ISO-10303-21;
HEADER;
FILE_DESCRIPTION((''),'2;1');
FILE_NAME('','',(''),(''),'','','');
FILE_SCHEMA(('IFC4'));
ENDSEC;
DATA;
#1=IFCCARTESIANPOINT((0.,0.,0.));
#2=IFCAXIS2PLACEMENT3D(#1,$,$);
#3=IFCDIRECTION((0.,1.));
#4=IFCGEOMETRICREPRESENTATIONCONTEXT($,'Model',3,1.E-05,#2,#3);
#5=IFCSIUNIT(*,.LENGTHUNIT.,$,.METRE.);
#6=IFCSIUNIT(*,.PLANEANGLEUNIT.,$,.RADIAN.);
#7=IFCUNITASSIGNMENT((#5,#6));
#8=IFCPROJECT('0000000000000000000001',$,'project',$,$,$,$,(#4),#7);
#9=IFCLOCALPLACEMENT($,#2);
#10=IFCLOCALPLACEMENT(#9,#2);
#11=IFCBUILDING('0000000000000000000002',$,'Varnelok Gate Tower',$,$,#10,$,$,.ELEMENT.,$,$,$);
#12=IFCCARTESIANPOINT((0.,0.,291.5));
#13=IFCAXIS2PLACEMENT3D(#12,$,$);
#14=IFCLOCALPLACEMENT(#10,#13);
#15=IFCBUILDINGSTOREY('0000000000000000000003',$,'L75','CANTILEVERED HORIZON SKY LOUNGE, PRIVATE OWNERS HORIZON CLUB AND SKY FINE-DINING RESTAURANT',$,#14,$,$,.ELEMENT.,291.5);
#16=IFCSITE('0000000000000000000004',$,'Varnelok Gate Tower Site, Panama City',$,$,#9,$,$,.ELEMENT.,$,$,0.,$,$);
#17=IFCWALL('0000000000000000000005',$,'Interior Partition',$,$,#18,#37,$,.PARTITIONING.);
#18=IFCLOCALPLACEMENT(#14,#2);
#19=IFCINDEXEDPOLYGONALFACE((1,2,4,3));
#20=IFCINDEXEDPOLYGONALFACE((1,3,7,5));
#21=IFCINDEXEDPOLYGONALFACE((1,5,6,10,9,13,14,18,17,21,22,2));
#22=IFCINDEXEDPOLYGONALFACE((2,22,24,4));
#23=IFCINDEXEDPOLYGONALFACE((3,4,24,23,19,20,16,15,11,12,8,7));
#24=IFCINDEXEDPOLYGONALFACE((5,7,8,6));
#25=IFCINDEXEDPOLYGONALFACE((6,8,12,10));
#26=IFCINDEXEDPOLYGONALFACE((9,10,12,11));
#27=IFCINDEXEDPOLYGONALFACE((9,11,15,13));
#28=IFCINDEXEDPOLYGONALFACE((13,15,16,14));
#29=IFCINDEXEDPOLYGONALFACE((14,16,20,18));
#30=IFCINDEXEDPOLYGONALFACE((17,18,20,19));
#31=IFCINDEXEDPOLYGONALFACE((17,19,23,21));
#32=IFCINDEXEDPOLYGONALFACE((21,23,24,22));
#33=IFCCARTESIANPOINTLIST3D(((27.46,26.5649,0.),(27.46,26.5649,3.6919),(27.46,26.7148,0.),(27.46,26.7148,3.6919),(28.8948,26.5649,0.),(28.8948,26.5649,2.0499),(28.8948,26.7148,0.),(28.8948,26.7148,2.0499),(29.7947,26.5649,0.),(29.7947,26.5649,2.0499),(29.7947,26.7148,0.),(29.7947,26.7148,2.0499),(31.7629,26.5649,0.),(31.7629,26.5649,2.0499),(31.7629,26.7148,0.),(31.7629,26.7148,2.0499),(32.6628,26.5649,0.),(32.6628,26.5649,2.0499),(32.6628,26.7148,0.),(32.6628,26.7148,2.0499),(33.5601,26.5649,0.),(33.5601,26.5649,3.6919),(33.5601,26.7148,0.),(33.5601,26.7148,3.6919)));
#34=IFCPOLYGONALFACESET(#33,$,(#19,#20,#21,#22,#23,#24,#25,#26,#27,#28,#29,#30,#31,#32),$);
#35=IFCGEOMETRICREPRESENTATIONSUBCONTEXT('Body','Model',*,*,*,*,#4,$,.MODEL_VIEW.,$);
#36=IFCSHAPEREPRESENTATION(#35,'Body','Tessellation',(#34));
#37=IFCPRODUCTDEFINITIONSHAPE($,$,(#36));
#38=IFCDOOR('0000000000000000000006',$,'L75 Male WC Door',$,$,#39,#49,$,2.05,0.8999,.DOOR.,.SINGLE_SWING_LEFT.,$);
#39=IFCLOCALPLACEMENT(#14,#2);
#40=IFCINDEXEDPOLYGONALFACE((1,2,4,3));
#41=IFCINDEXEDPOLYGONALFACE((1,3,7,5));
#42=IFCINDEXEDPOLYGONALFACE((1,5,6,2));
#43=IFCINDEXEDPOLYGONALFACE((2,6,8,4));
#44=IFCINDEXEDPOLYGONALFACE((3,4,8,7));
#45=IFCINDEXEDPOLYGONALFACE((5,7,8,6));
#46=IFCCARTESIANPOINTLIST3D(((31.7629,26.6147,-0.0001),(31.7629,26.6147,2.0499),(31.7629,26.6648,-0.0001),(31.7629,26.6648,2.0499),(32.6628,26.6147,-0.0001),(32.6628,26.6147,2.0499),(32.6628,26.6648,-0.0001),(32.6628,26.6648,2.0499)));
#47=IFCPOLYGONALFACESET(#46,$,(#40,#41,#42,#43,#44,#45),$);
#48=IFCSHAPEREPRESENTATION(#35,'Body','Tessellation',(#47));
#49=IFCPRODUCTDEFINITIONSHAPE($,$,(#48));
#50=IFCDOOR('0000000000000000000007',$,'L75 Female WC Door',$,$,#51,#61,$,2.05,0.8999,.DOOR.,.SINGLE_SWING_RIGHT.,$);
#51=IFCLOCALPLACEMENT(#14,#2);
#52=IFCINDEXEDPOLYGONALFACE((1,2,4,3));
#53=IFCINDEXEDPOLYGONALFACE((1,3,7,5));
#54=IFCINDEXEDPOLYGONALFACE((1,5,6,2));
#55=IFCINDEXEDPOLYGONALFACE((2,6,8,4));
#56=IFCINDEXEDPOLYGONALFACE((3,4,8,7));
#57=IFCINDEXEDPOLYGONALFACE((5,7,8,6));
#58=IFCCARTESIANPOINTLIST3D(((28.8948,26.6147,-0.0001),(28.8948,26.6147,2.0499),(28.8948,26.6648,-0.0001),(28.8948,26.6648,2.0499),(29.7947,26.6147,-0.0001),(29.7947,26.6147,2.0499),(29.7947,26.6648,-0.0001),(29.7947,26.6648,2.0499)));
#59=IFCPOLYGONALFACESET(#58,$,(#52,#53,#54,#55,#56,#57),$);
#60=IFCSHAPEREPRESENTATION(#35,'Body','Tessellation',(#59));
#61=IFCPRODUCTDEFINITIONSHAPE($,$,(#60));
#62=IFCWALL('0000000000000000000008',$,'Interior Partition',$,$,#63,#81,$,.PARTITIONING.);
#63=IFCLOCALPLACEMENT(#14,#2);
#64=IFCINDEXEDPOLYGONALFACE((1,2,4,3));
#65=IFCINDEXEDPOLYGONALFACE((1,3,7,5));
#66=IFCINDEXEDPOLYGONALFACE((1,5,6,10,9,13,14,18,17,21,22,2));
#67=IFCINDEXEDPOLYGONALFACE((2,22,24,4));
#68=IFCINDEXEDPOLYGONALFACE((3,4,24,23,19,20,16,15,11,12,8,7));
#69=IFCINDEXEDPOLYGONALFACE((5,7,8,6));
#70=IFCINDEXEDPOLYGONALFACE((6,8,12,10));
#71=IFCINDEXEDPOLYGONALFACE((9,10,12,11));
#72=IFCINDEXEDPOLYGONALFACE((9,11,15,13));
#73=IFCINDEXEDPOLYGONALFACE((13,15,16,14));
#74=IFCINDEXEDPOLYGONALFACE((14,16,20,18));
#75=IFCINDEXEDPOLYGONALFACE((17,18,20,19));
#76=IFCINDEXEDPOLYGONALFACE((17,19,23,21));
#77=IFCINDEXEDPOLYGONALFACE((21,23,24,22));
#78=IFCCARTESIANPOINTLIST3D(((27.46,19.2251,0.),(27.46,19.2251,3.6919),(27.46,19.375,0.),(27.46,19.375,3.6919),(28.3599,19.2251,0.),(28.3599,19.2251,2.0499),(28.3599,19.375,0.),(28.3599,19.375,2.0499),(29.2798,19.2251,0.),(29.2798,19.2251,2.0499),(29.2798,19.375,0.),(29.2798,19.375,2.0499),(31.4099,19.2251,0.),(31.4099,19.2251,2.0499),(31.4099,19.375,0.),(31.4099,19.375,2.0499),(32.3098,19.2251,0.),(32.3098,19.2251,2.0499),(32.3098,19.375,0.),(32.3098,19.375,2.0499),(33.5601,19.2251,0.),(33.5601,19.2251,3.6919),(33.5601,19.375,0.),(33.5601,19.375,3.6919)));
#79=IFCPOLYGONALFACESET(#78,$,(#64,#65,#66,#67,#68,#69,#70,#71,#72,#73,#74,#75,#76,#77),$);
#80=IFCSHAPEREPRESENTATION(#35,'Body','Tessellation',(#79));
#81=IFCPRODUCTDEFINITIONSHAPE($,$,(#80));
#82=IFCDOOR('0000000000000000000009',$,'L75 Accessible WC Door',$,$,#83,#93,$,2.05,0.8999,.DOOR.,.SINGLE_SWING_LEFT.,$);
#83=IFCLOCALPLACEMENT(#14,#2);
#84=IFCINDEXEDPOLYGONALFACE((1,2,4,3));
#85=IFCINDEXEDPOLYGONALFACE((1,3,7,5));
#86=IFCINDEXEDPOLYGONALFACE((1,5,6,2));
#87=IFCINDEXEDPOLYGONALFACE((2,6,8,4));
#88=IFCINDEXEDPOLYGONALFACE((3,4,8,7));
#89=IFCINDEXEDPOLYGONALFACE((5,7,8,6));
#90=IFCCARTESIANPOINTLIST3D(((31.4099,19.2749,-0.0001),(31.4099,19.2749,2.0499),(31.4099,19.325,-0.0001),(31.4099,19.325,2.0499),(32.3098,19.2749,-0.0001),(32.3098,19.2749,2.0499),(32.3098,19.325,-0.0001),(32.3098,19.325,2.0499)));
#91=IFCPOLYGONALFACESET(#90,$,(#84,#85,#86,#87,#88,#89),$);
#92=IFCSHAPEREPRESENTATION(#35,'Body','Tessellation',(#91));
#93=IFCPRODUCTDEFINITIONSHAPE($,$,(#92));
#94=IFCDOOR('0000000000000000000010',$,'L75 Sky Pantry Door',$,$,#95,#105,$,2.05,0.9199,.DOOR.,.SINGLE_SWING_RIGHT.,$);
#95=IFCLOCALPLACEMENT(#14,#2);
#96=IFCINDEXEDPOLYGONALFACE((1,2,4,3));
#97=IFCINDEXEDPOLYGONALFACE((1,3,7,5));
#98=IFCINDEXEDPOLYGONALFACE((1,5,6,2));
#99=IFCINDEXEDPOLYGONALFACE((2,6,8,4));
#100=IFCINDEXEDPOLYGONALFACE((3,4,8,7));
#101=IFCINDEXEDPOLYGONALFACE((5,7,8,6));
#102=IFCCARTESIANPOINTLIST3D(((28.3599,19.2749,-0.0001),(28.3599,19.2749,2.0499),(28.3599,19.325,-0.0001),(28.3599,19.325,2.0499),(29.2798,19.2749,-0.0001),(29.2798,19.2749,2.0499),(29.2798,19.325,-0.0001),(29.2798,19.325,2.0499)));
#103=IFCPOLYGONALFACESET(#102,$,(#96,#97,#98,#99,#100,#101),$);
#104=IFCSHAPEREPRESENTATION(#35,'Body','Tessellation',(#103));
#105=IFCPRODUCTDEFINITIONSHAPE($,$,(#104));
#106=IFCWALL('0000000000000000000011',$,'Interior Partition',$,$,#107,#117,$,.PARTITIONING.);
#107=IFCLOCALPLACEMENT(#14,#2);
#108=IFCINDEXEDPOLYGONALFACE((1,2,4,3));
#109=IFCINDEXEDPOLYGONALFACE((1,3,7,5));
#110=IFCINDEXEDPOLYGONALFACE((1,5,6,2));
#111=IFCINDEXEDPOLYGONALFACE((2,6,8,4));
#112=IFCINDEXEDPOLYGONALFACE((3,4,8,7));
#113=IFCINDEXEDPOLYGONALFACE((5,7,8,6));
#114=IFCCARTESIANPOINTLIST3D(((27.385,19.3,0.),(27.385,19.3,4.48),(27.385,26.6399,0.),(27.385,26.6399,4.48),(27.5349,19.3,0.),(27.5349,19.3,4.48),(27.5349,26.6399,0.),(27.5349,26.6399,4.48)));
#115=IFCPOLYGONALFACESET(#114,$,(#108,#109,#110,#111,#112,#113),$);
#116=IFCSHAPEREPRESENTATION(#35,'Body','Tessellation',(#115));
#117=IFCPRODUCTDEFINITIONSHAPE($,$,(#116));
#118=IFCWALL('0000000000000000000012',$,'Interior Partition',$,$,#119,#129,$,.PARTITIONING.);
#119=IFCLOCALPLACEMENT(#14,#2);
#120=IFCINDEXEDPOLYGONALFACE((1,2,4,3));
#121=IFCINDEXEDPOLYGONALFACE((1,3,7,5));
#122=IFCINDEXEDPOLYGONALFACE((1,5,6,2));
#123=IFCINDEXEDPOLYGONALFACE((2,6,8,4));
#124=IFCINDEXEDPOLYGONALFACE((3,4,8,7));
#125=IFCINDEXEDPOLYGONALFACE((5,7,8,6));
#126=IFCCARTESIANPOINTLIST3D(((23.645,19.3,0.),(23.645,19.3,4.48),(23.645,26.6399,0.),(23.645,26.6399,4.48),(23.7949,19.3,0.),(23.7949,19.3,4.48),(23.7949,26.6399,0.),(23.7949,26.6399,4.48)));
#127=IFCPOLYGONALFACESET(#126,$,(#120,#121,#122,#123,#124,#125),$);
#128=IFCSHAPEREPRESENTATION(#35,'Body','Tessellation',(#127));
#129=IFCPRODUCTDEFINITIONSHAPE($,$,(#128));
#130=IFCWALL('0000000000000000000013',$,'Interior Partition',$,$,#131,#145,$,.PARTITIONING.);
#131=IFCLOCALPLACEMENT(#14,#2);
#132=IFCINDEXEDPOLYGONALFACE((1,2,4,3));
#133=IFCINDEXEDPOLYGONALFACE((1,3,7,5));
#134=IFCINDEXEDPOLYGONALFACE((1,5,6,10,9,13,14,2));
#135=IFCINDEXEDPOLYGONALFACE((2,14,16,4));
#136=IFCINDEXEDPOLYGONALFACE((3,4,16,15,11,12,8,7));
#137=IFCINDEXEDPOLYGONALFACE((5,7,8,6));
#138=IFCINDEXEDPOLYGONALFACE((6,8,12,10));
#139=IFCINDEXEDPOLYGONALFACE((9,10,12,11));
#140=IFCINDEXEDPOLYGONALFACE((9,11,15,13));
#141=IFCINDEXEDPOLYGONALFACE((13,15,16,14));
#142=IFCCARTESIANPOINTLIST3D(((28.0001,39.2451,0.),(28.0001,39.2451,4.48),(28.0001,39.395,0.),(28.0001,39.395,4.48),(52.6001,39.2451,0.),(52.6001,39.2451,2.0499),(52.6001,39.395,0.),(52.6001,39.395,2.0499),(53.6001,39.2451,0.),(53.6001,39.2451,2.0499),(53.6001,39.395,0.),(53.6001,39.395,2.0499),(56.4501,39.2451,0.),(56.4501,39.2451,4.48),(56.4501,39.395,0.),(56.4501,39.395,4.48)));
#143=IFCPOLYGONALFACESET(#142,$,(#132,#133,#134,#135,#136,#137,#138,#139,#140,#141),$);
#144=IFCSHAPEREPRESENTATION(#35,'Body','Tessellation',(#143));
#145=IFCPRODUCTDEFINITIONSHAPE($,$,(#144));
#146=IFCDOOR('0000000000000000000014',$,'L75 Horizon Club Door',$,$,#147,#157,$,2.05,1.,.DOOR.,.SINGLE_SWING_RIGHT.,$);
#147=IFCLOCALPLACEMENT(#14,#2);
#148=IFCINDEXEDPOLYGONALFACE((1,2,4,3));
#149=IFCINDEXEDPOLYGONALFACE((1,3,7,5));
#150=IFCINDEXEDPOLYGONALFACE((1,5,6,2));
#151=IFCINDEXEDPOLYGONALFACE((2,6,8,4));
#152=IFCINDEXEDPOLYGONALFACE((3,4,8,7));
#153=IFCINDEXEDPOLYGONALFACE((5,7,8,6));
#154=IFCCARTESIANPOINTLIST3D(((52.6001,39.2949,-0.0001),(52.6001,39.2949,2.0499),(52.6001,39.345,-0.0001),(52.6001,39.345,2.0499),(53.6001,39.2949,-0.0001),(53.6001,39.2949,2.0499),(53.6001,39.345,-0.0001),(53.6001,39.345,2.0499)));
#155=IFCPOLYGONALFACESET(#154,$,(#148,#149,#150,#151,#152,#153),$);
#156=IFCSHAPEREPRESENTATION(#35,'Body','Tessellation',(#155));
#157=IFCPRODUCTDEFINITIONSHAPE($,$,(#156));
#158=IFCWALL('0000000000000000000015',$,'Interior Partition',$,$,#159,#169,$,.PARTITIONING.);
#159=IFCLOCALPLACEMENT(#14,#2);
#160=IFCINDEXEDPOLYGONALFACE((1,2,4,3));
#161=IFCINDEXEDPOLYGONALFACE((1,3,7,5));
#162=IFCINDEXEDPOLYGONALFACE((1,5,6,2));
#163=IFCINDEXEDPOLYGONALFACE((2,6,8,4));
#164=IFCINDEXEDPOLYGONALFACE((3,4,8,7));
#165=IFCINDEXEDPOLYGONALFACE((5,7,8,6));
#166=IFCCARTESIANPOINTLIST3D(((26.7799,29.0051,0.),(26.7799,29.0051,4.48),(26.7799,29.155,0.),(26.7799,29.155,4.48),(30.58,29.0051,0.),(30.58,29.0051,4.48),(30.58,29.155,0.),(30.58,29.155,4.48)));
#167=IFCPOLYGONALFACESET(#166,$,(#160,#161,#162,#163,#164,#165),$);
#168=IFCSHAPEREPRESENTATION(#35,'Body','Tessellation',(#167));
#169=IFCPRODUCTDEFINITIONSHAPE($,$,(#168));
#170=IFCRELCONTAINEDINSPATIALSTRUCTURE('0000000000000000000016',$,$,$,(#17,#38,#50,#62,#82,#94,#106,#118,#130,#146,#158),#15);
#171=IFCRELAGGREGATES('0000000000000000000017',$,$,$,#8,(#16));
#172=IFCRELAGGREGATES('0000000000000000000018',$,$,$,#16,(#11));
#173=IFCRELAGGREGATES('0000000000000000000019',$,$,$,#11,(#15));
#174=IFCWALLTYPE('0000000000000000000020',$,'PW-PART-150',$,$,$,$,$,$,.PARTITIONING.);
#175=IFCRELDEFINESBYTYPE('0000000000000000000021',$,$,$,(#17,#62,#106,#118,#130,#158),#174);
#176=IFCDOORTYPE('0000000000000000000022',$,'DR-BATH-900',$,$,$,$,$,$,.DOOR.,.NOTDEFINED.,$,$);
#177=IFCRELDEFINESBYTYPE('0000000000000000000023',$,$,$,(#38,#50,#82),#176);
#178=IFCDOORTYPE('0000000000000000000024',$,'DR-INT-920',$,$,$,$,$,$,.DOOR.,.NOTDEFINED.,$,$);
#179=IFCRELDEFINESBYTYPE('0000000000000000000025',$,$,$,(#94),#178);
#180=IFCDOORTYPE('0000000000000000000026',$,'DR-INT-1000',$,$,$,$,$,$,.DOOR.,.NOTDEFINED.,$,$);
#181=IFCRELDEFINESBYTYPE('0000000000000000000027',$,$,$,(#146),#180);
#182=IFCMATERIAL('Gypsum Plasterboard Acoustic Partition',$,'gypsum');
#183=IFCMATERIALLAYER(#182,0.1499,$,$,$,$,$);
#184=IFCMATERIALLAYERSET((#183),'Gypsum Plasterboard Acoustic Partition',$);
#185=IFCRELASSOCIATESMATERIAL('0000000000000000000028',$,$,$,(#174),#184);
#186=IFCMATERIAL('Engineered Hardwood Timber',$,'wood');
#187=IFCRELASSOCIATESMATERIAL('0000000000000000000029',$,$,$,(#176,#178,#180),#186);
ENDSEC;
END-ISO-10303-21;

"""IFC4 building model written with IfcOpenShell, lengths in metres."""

from ifc_helpers import new_model, si_unit, direction, frame, frame_2d, origin, place, context, subcontext, project, spatial, rectangle, extrude, material, layer, layer_set, type_object, element, fill, save


model = new_model("IFC4")

# Units and contexts
model_context = context("Model", 3, precision=1e-05, world=origin(), true_north=direction((0.0, 1.0)))
body_context = subcontext(model_context, "Body", "Model", "MODEL_VIEW")
ifc_project = project(units=[si_unit("LENGTHUNIT", "METRE"), si_unit("PLANEANGLEUNIT", "RADIAN")], contexts=[model_context])

# Site, building, storey
site_placement = place(None, origin())
site = spatial("IfcSite", under=ifc_project, at=site_placement, Name="Varnelok Gate Tower Site, Panama City", CompositionType="ELEMENT", RefElevation=0.0)
building_placement = place(site_placement, origin())
building = spatial("IfcBuilding", under=site, at=building_placement, Name="Varnelok Gate Tower", CompositionType="ELEMENT")
storey_placement = place(building_placement, frame((0.0, 0.0, 291.5)))
storey = spatial("IfcBuildingStorey", under=building, at=storey_placement, Name="L75", Description="CANTILEVERED HORIZON SKY LOUNGE, PRIVATE OWNERS HORIZON CLUB AND SKY FINE-DINING RESTAURANT", CompositionType="ELEMENT", Elevation=291.5)

# Shared definitions
ifc_material_1 = material(Name="Gypsum Plasterboard Acoustic Partition", Category="gypsum")

# Walls, openings, doors
ifc_layer_1 = layer(ifc_material_1, 0.1499)
ifc_layer_set_1 = layer_set([ifc_layer_1], Name="Gypsum Plasterboard Acoustic Partition")
wall_type_1 = type_object("IfcWallType", Name="PW-PART-150", PredefinedType="PARTITIONING", material=ifc_layer_set_1)
wall_1_placement = place(storey_placement, frame((27.46, 26.6399, 0.0), z_axis=(0.0, 0.0, 1.0), x_axis=(1.0, 0.0, 0.0)))
wall_1 = element("IfcWall", 1, at=wall_1_placement, inside=storey, type_object=wall_type_1, Name="Interior Partition", PredefinedType="PARTITIONING", context=body_context, shape_type="SweptSolid", body=[
    extrude(rectangle(XDim=6.1001, YDim=0.1499, at=frame_2d((3.05, 0.0))), origin(), (0.0, 0.0, 1.0), 3.6919),
])
opening_1_placement = place(wall_1_placement, frame((4.303, 0.0, 0.0)))
opening_1 = element("IfcOpeningElement", 2, at=opening_1_placement, cuts=wall_1, PredefinedType="OPENING", context=body_context, shape_type="SweptSolid", body=[
    extrude(rectangle(XDim=0.8999, YDim=2.05, at=frame_2d((0.45, 1.0249))), frame((0.0, 0.085, 0.0), z_axis=(0.0, -1.0, 0.0), x_axis=(1.0, 0.0, 0.0)), (0.0, 0.0, 1.0), 0.1699),
])
opening_2_placement = place(wall_1_placement, frame((1.4348, 0.0, 0.0)))
opening_2 = element("IfcOpeningElement", 3, at=opening_2_placement, cuts=wall_1, PredefinedType="OPENING", context=body_context, shape_type="SweptSolid", body=[
    extrude(rectangle(XDim=0.8999, YDim=2.05, at=frame_2d((0.45, 1.0249))), frame((0.0, 0.085, 0.0), z_axis=(0.0, -1.0, 0.0), x_axis=(1.0, 0.0, 0.0)), (0.0, 0.0, 1.0), 0.1699),
])
ifc_material_2 = material(Name="Engineered Hardwood Timber", Category="wood")
door_type_1 = type_object("IfcDoorType", Name="DR-BATH-900", OperationType="NOTDEFINED", PredefinedType="DOOR", material=ifc_material_2)
door_1_placement = place(opening_1_placement, origin())
door_1 = element("IfcDoor", 4, at=door_1_placement, inside=storey, type_object=door_type_1, Name="L75 Male WC Door", OperationType="SINGLE_SWING_LEFT", OverallHeight=2.05, OverallWidth=0.8999, PredefinedType="DOOR", context=body_context, shape_type="SweptSolid", body=[
    extrude(rectangle(XDim=0.8999, YDim=2.05, at=frame_2d((0.45, 1.0249))), frame((0.0, 0.0249, 0.0), z_axis=(0.0, -1.0, 0.0), x_axis=(1.0, 0.0, 0.0)), (0.0, 0.0, 1.0), 0.05),
])
fill(opening_1, door_1)
door_2_placement = place(opening_2_placement, origin())
door_2 = element("IfcDoor", 5, at=door_2_placement, inside=storey, type_object=door_type_1, Name="L75 Female WC Door", OperationType="SINGLE_SWING_RIGHT", OverallHeight=2.05, OverallWidth=0.8999, PredefinedType="DOOR", context=body_context, shape_type="SweptSolid", body=[
    extrude(rectangle(XDim=0.8999, YDim=2.05, at=frame_2d((0.45, 1.0249))), frame((0.0, 0.0249, 0.0), z_axis=(0.0, -1.0, 0.0), x_axis=(1.0, 0.0, 0.0)), (0.0, 0.0, 1.0), 0.05),
])
fill(opening_2, door_2)
wall_2_placement = place(storey_placement, frame((27.46, 19.3, 0.0), z_axis=(0.0, 0.0, 1.0), x_axis=(1.0, 0.0, 0.0)))
wall_2 = element("IfcWall", 6, at=wall_2_placement, inside=storey, type_object=wall_type_1, Name="Interior Partition", PredefinedType="PARTITIONING", context=body_context, shape_type="SweptSolid", body=[
    extrude(rectangle(XDim=6.1001, YDim=0.1499, at=frame_2d((3.05, 0.0))), origin(), (0.0, 0.0, 1.0), 3.6919),
])
opening_3_placement = place(wall_2_placement, frame((0.8999, 0.0, 0.0)))
opening_3 = element("IfcOpeningElement", 7, at=opening_3_placement, cuts=wall_2, PredefinedType="OPENING", context=body_context, shape_type="SweptSolid", body=[
    extrude(rectangle(XDim=0.9199, YDim=2.05, at=frame_2d((0.46, 1.0249))), frame((0.0, 0.085, 0.0), z_axis=(0.0, -1.0, 0.0), x_axis=(1.0, 0.0, 0.0)), (0.0, 0.0, 1.0), 0.1699),
])
opening_4_placement = place(wall_2_placement, frame((3.95, 0.0, 0.0)))
opening_4 = element("IfcOpeningElement", 8, at=opening_4_placement, cuts=wall_2, PredefinedType="OPENING", context=body_context, shape_type="SweptSolid", body=[
    extrude(rectangle(XDim=0.8999, YDim=2.05, at=frame_2d((0.45, 1.0249))), frame((0.0, 0.085, 0.0), z_axis=(0.0, -1.0, 0.0), x_axis=(1.0, 0.0, 0.0)), (0.0, 0.0, 1.0), 0.1699),
])
door_3_placement = place(opening_4_placement, origin())
door_3 = element("IfcDoor", 9, at=door_3_placement, inside=storey, type_object=door_type_1, Name="L75 Accessible WC Door", OperationType="SINGLE_SWING_LEFT", OverallHeight=2.05, OverallWidth=0.8999, PredefinedType="DOOR", context=body_context, shape_type="SweptSolid", body=[
    extrude(rectangle(XDim=0.8999, YDim=2.05, at=frame_2d((0.45, 1.0249))), frame((0.0, 0.0249, 0.0), z_axis=(0.0, -1.0, 0.0), x_axis=(1.0, 0.0, 0.0)), (0.0, 0.0, 1.0), 0.05),
])
fill(opening_4, door_3)
door_type_2 = type_object("IfcDoorType", Name="DR-INT-920", OperationType="NOTDEFINED", PredefinedType="DOOR", material=ifc_material_2)
door_4_placement = place(opening_3_placement, origin())
door_4 = element("IfcDoor", 10, at=door_4_placement, inside=storey, type_object=door_type_2, Name="L75 Sky Pantry Door", OperationType="SINGLE_SWING_RIGHT", OverallHeight=2.05, OverallWidth=0.9199, PredefinedType="DOOR", context=body_context, shape_type="SweptSolid", body=[
    extrude(rectangle(XDim=0.9199, YDim=2.05, at=frame_2d((0.46, 1.0249))), frame((0.0, 0.0249, 0.0), z_axis=(0.0, -1.0, 0.0), x_axis=(1.0, 0.0, 0.0)), (0.0, 0.0, 1.0), 0.05),
])
fill(opening_3, door_4)

# Walls
for number, where, z_axis, x_axis, name in (
    (11, (27.46, 19.3, 0.0), (0.0, 0.0, 1.0), (0.0, 1.0, 0.0), "Interior Partition"),
    (12, (23.72, 19.3, 0.0), (0.0, 0.0, 1.0), (0.0, 1.0, 0.0), "Interior Partition"),
):
    element("IfcWall", number, at=place(storey_placement, frame(where, z_axis=z_axis, x_axis=x_axis)), inside=storey, type_object=wall_type_1, Name=name, PredefinedType="PARTITIONING", context=body_context, shape_type="SweptSolid", body=[
        extrude(rectangle(XDim=7.3398, YDim=0.1499, at=frame_2d((3.6699, 0.0))), origin(), (0.0, 0.0, 1.0), 4.48),
    ])

# Wall, opening, door
wall_3_placement = place(storey_placement, frame((28.0, 39.3201, 0.0), z_axis=(0.0, 0.0, 1.0), x_axis=(1.0, 0.0, 0.0)))
wall_3 = element("IfcWall", 13, at=wall_3_placement, inside=storey, type_object=wall_type_1, Name="Interior Partition", PredefinedType="PARTITIONING", context=body_context, shape_type="SweptSolid", body=[
    extrude(rectangle(XDim=28.45, YDim=0.1499, at=frame_2d((14.2251, 0.0))), origin(), (0.0, 0.0, 1.0), 4.48),
])
opening_5_placement = place(wall_3_placement, frame((24.6001, 0.0, 0.0)))
opening_5 = element("IfcOpeningElement", 14, at=opening_5_placement, cuts=wall_3, PredefinedType="OPENING", context=body_context, shape_type="SweptSolid", body=[
    extrude(rectangle(XDim=1.0, YDim=2.05, at=frame_2d((0.5, 1.0249))), frame((0.0, 0.085, 0.0), z_axis=(0.0, -1.0, 0.0), x_axis=(1.0, 0.0, 0.0)), (0.0, 0.0, 1.0), 0.1699),
])
door_type_3 = type_object("IfcDoorType", Name="DR-INT-1000", OperationType="NOTDEFINED", PredefinedType="DOOR", material=ifc_material_2)
door_5_placement = place(opening_5_placement, origin())
door_5 = element("IfcDoor", 15, at=door_5_placement, inside=storey, type_object=door_type_3, Name="L75 Horizon Club Door", OperationType="SINGLE_SWING_RIGHT", OverallHeight=2.05, OverallWidth=1.0, PredefinedType="DOOR", context=body_context, shape_type="SweptSolid", body=[
    extrude(rectangle(XDim=1.0, YDim=2.05, at=frame_2d((0.5, 1.0249))), frame((0.0, 0.0249, 0.0), z_axis=(0.0, -1.0, 0.0), x_axis=(1.0, 0.0, 0.0)), (0.0, 0.0, 1.0), 0.05),
])
fill(opening_5, door_5)

# Wall
wall_4_placement = place(storey_placement, frame((26.78, 29.0801, 0.0), z_axis=(0.0, 0.0, 1.0), x_axis=(1.0, 0.0, 0.0)))
element("IfcWall", 16, at=wall_4_placement, inside=storey, type_object=wall_type_1, Name="Interior Partition", PredefinedType="PARTITIONING", context=body_context, shape_type="SweptSolid", body=[
    extrude(rectangle(XDim=3.8, YDim=0.1499, at=frame_2d((1.8999, 0.0))), origin(), (0.0, 0.0, 1.0), 4.48),
])

save(model, "model.ifc")
